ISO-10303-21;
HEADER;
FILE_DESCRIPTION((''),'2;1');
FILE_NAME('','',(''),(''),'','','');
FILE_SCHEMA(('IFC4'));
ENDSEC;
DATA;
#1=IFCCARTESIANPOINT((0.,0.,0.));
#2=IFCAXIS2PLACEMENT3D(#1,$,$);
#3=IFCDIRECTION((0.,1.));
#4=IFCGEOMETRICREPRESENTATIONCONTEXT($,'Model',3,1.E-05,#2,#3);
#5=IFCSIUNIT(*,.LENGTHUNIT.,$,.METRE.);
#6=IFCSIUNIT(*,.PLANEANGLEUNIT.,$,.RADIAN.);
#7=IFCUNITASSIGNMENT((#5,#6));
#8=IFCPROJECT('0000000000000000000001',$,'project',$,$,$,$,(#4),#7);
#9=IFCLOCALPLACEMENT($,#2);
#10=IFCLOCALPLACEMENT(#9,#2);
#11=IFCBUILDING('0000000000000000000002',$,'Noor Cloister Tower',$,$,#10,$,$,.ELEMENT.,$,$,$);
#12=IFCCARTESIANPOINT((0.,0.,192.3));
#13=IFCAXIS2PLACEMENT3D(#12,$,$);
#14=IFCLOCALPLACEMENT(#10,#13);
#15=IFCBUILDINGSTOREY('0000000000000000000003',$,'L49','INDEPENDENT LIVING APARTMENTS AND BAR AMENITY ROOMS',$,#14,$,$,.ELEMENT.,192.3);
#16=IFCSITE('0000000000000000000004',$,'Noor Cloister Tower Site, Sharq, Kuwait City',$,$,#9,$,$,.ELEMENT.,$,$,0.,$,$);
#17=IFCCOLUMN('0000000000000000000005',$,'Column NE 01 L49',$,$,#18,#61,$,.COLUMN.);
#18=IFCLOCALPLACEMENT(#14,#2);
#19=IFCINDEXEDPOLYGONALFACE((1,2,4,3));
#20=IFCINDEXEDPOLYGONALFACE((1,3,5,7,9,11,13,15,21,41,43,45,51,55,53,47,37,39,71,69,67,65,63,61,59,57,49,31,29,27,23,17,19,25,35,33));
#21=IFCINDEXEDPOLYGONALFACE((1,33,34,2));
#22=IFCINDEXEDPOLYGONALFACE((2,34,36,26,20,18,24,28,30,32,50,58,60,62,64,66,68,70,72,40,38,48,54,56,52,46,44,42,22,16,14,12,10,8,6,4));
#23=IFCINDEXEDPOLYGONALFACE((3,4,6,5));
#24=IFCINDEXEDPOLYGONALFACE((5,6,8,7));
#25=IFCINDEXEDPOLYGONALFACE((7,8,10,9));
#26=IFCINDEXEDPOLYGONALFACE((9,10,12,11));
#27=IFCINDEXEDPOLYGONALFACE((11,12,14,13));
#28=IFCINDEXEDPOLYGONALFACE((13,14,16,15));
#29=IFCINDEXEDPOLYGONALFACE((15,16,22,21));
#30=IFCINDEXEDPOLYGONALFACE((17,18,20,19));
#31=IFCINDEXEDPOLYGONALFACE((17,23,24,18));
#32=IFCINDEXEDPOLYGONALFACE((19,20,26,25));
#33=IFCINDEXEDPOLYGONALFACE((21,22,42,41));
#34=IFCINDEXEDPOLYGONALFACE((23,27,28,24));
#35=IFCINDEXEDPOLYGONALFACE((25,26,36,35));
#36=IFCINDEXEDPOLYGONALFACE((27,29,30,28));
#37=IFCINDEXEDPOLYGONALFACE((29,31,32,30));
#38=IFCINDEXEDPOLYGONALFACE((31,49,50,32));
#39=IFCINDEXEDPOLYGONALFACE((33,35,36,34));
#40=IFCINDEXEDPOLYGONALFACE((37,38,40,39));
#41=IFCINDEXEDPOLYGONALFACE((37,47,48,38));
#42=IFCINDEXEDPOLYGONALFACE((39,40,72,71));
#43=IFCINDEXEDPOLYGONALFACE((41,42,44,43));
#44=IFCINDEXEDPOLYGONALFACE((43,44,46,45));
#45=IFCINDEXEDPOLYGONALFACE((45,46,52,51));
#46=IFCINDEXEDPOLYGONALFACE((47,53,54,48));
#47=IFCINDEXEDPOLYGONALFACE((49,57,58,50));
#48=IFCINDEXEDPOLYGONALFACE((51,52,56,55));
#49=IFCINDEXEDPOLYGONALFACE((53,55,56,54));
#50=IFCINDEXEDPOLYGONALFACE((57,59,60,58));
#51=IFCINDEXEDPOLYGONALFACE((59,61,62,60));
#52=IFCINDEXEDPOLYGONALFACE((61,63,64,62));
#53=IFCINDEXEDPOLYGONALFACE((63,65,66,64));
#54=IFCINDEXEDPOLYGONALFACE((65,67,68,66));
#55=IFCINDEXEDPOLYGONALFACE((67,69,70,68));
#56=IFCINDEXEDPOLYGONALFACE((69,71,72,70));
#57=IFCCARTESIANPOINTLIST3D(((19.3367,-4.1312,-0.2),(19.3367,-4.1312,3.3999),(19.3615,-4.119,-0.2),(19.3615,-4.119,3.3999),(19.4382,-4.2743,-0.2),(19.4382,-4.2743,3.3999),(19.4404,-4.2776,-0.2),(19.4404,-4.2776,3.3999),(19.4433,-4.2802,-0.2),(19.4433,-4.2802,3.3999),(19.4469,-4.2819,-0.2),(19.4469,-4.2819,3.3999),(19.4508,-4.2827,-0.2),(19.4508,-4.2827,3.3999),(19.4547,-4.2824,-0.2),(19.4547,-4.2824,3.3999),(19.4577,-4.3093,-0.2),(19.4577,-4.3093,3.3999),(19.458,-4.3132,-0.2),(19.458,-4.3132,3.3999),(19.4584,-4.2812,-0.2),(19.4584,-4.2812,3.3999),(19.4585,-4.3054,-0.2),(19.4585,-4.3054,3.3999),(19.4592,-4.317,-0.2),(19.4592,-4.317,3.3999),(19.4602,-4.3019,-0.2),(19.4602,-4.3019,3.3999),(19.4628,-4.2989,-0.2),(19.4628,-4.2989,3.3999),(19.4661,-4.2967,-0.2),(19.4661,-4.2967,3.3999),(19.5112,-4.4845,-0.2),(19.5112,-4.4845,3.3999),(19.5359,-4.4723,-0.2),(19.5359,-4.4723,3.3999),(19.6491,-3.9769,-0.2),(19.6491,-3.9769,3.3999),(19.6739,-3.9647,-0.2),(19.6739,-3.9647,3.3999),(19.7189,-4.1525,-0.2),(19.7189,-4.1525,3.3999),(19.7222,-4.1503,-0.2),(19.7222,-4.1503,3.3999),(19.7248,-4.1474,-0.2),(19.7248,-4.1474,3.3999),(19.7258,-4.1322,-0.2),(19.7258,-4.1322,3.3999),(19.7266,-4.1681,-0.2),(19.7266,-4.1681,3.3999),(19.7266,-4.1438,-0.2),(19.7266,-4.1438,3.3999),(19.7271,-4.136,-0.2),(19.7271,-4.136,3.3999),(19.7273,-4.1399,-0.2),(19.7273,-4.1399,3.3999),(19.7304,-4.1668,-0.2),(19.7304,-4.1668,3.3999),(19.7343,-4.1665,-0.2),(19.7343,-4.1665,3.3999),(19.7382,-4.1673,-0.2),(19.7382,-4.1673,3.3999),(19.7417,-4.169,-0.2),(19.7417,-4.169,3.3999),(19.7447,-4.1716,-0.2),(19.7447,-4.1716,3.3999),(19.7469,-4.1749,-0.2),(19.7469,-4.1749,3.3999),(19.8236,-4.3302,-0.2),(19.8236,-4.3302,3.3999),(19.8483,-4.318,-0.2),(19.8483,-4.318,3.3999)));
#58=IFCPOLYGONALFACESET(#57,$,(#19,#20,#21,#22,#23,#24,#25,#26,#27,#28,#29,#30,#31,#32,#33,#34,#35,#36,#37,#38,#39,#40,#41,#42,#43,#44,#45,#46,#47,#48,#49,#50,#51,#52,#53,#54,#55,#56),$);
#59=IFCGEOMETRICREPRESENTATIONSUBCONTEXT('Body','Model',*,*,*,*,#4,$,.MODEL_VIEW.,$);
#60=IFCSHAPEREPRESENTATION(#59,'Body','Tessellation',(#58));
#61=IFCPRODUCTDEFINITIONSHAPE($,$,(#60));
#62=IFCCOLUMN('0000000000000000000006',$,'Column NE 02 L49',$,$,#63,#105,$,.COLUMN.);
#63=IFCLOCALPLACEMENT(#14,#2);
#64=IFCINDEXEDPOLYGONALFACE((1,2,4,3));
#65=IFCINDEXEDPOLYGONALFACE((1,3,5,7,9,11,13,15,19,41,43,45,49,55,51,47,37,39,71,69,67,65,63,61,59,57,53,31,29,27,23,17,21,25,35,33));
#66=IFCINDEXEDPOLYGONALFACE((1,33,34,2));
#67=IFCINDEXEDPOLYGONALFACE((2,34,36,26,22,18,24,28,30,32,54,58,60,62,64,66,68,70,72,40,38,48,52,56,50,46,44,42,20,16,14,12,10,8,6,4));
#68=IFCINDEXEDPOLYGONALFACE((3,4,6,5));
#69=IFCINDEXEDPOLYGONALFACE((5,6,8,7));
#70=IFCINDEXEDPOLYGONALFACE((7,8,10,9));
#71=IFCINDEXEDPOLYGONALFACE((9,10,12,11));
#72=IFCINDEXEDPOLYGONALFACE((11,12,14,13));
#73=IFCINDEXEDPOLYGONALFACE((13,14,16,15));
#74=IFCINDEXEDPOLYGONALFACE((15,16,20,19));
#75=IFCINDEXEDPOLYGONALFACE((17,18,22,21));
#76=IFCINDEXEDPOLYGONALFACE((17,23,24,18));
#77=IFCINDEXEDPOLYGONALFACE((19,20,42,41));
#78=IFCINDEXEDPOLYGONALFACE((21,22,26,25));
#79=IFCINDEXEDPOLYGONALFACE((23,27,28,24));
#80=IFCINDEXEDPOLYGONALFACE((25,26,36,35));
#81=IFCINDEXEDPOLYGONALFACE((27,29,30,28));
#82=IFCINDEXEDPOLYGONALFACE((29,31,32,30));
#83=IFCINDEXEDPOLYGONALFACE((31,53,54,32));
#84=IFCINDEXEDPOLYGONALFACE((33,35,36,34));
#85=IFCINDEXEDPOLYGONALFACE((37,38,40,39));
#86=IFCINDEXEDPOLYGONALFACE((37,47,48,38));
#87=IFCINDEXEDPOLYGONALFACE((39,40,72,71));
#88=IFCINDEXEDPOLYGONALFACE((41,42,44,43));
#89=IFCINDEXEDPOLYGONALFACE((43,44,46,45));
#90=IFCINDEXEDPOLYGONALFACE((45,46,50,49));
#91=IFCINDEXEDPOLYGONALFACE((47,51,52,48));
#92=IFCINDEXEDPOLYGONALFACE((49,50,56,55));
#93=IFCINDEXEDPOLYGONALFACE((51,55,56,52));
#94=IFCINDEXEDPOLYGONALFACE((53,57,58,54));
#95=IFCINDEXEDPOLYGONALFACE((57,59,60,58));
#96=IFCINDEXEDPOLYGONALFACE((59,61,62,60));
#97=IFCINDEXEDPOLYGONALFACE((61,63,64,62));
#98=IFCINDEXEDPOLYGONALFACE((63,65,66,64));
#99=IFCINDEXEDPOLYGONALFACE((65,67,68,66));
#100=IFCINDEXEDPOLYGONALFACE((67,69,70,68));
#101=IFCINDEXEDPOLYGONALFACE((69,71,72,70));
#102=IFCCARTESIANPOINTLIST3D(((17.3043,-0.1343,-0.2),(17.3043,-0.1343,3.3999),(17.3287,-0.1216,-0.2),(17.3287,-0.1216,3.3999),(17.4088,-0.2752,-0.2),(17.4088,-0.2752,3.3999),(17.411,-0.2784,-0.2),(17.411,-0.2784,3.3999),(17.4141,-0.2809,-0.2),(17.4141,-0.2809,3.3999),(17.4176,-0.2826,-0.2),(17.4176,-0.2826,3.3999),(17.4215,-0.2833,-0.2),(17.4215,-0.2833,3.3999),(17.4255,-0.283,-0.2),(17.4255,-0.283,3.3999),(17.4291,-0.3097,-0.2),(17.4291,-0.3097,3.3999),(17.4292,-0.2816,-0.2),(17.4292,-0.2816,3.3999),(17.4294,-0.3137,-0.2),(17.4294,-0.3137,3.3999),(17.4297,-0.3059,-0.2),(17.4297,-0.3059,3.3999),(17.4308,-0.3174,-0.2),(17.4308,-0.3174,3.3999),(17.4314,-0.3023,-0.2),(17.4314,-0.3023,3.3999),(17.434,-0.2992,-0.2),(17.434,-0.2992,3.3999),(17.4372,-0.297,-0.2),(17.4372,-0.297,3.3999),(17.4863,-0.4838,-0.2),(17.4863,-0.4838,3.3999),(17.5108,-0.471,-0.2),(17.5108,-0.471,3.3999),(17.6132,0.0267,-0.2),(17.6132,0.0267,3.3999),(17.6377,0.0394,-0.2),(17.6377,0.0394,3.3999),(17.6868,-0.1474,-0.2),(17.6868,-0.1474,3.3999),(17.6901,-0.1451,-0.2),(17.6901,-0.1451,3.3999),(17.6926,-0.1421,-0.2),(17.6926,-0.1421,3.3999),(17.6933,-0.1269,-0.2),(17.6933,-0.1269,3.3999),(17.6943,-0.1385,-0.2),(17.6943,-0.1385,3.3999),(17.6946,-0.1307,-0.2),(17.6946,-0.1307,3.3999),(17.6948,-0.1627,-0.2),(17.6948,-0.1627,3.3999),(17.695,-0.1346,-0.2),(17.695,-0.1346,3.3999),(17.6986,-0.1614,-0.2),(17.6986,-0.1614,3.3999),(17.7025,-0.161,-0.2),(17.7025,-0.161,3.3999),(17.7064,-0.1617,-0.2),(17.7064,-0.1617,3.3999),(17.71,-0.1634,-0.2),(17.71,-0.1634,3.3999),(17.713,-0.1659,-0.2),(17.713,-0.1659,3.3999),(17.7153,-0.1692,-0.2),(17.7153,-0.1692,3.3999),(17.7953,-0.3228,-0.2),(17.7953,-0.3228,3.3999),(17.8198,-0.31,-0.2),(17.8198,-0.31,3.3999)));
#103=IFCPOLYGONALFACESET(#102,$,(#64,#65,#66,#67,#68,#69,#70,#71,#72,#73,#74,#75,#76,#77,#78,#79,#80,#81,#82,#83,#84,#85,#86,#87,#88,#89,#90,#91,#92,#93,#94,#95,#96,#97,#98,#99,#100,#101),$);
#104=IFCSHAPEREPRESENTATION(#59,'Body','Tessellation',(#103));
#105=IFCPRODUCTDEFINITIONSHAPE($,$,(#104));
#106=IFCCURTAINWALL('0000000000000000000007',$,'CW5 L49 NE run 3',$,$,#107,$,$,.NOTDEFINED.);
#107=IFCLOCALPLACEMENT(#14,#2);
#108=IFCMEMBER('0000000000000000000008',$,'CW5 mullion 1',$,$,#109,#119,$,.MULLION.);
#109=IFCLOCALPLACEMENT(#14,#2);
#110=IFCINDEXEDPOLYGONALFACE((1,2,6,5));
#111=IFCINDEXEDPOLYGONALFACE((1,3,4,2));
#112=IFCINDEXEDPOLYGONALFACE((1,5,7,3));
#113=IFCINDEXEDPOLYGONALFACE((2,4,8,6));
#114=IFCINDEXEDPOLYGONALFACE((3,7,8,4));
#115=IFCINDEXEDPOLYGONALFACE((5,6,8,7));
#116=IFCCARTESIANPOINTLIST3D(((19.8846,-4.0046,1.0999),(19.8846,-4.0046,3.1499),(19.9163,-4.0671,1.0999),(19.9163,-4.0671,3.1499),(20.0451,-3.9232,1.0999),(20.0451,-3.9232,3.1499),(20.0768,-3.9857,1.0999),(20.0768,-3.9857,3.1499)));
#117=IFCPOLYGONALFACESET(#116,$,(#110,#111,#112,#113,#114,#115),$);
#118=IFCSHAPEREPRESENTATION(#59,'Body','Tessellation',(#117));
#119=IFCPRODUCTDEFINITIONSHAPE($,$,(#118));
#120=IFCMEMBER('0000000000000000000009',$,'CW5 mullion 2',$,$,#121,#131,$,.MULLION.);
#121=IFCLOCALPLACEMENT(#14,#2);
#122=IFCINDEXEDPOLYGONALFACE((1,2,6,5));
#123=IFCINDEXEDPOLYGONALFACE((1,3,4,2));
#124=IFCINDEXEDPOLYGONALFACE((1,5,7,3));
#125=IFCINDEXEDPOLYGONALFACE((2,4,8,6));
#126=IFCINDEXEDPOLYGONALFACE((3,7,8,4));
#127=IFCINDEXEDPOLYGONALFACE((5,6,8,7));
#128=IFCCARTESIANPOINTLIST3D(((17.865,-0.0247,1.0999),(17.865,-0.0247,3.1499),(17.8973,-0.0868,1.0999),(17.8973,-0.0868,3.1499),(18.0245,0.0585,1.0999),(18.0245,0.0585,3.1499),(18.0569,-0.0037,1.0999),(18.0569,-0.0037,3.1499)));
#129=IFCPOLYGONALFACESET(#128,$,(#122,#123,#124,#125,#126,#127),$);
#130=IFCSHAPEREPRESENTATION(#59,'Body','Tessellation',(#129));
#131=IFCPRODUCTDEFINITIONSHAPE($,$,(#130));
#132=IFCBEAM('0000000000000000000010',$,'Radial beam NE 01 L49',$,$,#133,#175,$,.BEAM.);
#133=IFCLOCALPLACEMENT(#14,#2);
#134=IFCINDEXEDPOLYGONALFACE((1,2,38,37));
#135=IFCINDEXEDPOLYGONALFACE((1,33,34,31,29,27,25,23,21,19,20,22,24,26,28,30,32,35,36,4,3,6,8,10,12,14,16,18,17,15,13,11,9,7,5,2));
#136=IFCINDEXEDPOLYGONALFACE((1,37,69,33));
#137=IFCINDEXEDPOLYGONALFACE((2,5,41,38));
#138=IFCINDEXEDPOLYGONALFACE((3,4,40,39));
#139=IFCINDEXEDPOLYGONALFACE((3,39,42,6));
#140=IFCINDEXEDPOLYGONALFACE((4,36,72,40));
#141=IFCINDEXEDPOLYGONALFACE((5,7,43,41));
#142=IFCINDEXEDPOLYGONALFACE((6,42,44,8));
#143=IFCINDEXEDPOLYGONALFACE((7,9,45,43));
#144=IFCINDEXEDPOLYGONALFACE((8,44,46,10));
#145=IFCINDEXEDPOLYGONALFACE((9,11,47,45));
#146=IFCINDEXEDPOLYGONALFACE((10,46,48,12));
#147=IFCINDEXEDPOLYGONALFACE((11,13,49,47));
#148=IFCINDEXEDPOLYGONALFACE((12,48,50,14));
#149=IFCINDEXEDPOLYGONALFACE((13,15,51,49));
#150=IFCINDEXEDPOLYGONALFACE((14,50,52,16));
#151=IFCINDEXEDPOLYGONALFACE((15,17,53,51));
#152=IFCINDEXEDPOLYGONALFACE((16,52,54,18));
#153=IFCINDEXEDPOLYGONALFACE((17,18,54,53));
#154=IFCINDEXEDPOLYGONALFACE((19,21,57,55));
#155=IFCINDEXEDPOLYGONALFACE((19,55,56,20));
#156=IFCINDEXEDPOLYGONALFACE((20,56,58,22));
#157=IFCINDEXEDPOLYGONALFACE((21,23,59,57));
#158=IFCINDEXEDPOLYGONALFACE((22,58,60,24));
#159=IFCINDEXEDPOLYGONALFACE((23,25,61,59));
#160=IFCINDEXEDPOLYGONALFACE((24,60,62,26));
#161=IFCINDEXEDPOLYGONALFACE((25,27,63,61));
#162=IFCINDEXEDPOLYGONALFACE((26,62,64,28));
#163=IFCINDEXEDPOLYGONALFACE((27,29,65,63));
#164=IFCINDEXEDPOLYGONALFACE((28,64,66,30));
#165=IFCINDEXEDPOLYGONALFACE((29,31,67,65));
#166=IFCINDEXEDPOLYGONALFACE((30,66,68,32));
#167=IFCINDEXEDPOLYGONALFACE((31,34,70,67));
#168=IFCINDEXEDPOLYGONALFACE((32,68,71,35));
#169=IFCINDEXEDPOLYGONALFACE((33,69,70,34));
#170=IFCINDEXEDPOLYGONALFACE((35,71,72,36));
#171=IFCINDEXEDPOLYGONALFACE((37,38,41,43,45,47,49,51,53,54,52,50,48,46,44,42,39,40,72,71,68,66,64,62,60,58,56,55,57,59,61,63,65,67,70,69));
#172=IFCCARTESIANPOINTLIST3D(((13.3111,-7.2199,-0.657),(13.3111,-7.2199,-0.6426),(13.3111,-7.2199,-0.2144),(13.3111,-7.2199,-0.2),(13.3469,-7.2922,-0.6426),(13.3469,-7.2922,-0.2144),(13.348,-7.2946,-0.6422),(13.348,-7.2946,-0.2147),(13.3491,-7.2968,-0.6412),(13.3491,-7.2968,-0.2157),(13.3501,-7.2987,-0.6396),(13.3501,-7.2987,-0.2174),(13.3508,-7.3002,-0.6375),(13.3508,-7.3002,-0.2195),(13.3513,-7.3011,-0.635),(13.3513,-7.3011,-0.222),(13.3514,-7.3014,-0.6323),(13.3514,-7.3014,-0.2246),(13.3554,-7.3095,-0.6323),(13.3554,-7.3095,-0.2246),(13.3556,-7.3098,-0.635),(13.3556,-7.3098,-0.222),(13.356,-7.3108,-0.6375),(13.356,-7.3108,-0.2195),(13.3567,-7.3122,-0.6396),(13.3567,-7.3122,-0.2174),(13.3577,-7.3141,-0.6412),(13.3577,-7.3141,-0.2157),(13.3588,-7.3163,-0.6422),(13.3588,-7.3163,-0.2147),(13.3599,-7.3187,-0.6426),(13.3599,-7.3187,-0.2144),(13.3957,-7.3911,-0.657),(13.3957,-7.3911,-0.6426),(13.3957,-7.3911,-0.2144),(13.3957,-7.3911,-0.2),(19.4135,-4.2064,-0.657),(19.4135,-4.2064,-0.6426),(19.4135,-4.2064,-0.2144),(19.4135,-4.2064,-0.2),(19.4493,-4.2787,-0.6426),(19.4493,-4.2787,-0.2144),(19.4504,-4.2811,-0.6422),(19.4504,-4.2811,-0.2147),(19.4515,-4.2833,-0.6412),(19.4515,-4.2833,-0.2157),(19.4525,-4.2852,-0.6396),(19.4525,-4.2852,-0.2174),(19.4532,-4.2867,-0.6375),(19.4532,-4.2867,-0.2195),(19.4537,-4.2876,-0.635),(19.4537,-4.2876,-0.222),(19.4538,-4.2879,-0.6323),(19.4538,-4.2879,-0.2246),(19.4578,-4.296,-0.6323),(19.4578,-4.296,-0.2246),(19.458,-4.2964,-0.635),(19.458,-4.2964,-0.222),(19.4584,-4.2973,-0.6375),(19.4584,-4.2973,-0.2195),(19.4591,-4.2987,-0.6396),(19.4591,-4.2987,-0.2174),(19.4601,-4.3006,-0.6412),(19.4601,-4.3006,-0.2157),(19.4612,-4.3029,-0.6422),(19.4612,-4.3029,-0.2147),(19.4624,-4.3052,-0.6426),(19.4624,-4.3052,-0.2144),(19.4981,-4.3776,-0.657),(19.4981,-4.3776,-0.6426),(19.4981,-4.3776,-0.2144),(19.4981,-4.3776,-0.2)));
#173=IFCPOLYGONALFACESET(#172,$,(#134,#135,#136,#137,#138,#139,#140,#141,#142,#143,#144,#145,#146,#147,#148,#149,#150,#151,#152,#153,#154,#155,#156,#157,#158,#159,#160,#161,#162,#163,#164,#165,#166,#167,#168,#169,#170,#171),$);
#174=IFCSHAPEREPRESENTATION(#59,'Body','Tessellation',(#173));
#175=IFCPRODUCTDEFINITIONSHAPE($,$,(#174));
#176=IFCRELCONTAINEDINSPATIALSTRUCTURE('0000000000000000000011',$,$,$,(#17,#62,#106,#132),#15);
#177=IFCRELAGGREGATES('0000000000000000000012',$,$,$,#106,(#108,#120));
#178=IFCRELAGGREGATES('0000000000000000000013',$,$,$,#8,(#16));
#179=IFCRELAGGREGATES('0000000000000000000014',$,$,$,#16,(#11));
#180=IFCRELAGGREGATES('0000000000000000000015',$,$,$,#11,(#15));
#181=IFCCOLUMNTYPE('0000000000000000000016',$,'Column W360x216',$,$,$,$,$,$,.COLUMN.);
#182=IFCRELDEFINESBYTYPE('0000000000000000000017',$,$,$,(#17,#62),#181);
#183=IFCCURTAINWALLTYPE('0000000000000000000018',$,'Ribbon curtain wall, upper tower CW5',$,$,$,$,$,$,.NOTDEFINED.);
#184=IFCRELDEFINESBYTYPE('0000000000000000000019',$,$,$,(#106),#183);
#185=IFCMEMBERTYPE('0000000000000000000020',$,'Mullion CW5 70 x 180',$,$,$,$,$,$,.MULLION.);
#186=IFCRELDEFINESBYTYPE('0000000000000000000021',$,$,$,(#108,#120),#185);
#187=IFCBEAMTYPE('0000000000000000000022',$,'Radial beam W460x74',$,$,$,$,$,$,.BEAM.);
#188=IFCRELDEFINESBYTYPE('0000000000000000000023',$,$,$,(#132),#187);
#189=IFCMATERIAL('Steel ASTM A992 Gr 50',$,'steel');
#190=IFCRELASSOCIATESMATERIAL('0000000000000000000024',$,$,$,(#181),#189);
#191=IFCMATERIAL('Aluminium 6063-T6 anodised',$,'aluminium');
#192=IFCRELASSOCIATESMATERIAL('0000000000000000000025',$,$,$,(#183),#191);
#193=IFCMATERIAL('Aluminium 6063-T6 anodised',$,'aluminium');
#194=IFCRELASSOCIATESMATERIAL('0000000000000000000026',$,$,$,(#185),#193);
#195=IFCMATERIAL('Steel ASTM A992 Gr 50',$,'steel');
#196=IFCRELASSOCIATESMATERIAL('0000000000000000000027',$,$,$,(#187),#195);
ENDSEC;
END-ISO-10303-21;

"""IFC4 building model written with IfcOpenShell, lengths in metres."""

from ifc_helpers import new_model, si_unit, direction, frame, origin, origin_2d, place, context, subcontext, project, spatial, rectangle, i_section, extrude, material, material_profile, profile_set, type_object, element, aggregate, save


model = new_model("IFC4")

# Units and contexts
model_context = context("Model", 3, precision=1e-05, world=origin(), true_north=direction((0.0, 1.0)))
body_context = subcontext(model_context, "Body", "Model", "MODEL_VIEW")
ifc_project = project(units=[si_unit("LENGTHUNIT", "METRE"), si_unit("PLANEANGLEUNIT", "RADIAN")], contexts=[model_context])

# Site, building, storey
site_placement = place(None, origin())
site = spatial("IfcSite", under=ifc_project, at=site_placement, Name="Noor Cloister Tower Site, Sharq, Kuwait City", CompositionType="ELEMENT", RefElevation=0.0)
building_placement = place(site_placement, origin())
building = spatial("IfcBuilding", under=site, at=building_placement, Name="Noor Cloister Tower", CompositionType="ELEMENT")
storey_placement = place(building_placement, frame((0.0, 0.0, 192.3)))
storey = spatial("IfcBuildingStorey", under=building, at=storey_placement, Name="L49", Description="INDEPENDENT LIVING APARTMENTS AND BAR AMENITY ROOMS", CompositionType="ELEMENT", Elevation=192.3)

# Columns
ifc_material_1 = material(Name="Steel ASTM A992 Gr 50", Category="steel")
ifc_material_profile_1 = material_profile(ifc_material_1, i_section(OverallWidth=0.394, OverallDepth=0.376, WebThickness=0.0173, FlangeThickness=0.0276, FilletRadius=0.0151, at=origin_2d()), Name="W360x216")
ifc_profile_set_1 = profile_set([ifc_material_profile_1], Name="Steel ASTM A992 Gr 50")
column_type = type_object("IfcColumnType", Name="Column W360x216", PredefinedType="COLUMN", material=ifc_profile_set_1)
for number, where, z_axis, x_axis, name in (
    (1, (19.5925, -4.2246, -0.2), (0.0, 0.0, 1.0), (-0.442763, 0.896639, 0.0), "Column NE 01 L49"),
    (2, (17.562, -0.2222, -0.2), (0.0, 0.0, 1.0), (-0.462061, 0.886848, 0.0), "Column NE 02 L49"),
):
    element("IfcColumn", number, at=place(storey_placement, frame(where, z_axis=z_axis, x_axis=x_axis)), inside=storey, type_object=column_type, Name=name, PredefinedType="COLUMN", context=body_context, shape_type="SweptSolid", body=[
        extrude(i_section(OverallWidth=0.394, OverallDepth=0.376, WebThickness=0.0173, FlangeThickness=0.0276, FilletRadius=0.0151, at=origin_2d()), origin(), (0.0, 0.0, 1.0), 3.5999),
    ])

# Curtain wall, members
ifc_material_2 = material(Name="Aluminium 6063-T6 anodised", Category="aluminium")
curtain_wall_type = type_object("IfcCurtainWallType", Name="Ribbon curtain wall, upper tower CW5", PredefinedType="NOTDEFINED", material=ifc_material_2)
curtain_wall_placement = place(storey_placement, origin())
curtain_wall = element("IfcCurtainWall", 3, at=curtain_wall_placement, inside=storey, type_object=curtain_wall_type, Name="CW5 L49 NE run 3", PredefinedType="NOTDEFINED")
ifc_material_3 = material(Name="Aluminium 6063-T6 anodised", Category="aluminium")
ifc_material_profile_2 = material_profile(ifc_material_3, rectangle(XDim=0.1799, YDim=0.0701, at=origin_2d()), Name="180 x 70 mullion")
ifc_profile_set_2 = profile_set([ifc_material_profile_2], Name="Aluminium 6063-T6 anodised")
member_type = type_object("IfcMemberType", Name="Mullion CW5 70 x 180", PredefinedType="MULLION", material=ifc_profile_set_2)
member_1_placement = place(storey_placement, frame((19.9807, -3.9951, 1.0999), z_axis=(0.0, 0.0, 1.0), x_axis=(-0.891795, -0.452439, 0.0)))
member_1 = element("IfcMember", 4, at=member_1_placement, type_object=member_type, Name="CW5 mullion 1", PredefinedType="MULLION", context=body_context, shape_type="SweptSolid", body=[
    extrude(rectangle(XDim=0.1799, YDim=0.0701, at=origin_2d()), origin(), (0.0, 0.0, 1.0), 2.05),
])
member_2_placement = place(storey_placement, frame((17.9609, -0.0142, 1.0999), z_axis=(0.0, 0.0, 1.0), x_axis=(-0.886848, -0.462061, 0.0)))
member_2 = element("IfcMember", 5, at=member_2_placement, type_object=member_type, Name="CW5 mullion 2", PredefinedType="MULLION", context=body_context, shape_type="SweptSolid", body=[
    extrude(rectangle(XDim=0.1799, YDim=0.0701, at=origin_2d()), origin(), (0.0, 0.0, 1.0), 2.05),
])

# Beam
ifc_material_4 = material(Name="Steel ASTM A992 Gr 50", Category="steel")
ifc_material_profile_3 = material_profile(ifc_material_4, i_section(OverallWidth=0.1909, OverallDepth=0.457, WebThickness=0.009, FlangeThickness=0.0144, FilletRadius=0.0103, at=origin_2d()), Name="W460x74")
ifc_profile_set_3 = profile_set([ifc_material_profile_3], Name="Steel ASTM A992 Gr 50")
beam_type_1 = type_object("IfcBeamType", Name="Radial beam W460x74", PredefinedType="BEAM", material=ifc_profile_set_3)
beam_1_placement = place(storey_placement, frame((19.4558, -4.292, -0.4285), z_axis=(-0.896633, -0.442774, 0.0), x_axis=(0.442774, -0.896633, 0.0)))
element("IfcBeam", 6, at=beam_1_placement, inside=storey, type_object=beam_type_1, Name="Radial beam NE 01 L49", PredefinedType="BEAM", context=body_context, shape_type="SweptSolid", body=[
    extrude(i_section(OverallWidth=0.1909, OverallDepth=0.457, WebThickness=0.009, FlangeThickness=0.0144, FilletRadius=0.0103, at=origin_2d()), origin(), (0.0, 0.0, 1.0), 6.8059),
])

aggregate(curtain_wall, [member_1, member_2])

save(model, "model.ifc")
